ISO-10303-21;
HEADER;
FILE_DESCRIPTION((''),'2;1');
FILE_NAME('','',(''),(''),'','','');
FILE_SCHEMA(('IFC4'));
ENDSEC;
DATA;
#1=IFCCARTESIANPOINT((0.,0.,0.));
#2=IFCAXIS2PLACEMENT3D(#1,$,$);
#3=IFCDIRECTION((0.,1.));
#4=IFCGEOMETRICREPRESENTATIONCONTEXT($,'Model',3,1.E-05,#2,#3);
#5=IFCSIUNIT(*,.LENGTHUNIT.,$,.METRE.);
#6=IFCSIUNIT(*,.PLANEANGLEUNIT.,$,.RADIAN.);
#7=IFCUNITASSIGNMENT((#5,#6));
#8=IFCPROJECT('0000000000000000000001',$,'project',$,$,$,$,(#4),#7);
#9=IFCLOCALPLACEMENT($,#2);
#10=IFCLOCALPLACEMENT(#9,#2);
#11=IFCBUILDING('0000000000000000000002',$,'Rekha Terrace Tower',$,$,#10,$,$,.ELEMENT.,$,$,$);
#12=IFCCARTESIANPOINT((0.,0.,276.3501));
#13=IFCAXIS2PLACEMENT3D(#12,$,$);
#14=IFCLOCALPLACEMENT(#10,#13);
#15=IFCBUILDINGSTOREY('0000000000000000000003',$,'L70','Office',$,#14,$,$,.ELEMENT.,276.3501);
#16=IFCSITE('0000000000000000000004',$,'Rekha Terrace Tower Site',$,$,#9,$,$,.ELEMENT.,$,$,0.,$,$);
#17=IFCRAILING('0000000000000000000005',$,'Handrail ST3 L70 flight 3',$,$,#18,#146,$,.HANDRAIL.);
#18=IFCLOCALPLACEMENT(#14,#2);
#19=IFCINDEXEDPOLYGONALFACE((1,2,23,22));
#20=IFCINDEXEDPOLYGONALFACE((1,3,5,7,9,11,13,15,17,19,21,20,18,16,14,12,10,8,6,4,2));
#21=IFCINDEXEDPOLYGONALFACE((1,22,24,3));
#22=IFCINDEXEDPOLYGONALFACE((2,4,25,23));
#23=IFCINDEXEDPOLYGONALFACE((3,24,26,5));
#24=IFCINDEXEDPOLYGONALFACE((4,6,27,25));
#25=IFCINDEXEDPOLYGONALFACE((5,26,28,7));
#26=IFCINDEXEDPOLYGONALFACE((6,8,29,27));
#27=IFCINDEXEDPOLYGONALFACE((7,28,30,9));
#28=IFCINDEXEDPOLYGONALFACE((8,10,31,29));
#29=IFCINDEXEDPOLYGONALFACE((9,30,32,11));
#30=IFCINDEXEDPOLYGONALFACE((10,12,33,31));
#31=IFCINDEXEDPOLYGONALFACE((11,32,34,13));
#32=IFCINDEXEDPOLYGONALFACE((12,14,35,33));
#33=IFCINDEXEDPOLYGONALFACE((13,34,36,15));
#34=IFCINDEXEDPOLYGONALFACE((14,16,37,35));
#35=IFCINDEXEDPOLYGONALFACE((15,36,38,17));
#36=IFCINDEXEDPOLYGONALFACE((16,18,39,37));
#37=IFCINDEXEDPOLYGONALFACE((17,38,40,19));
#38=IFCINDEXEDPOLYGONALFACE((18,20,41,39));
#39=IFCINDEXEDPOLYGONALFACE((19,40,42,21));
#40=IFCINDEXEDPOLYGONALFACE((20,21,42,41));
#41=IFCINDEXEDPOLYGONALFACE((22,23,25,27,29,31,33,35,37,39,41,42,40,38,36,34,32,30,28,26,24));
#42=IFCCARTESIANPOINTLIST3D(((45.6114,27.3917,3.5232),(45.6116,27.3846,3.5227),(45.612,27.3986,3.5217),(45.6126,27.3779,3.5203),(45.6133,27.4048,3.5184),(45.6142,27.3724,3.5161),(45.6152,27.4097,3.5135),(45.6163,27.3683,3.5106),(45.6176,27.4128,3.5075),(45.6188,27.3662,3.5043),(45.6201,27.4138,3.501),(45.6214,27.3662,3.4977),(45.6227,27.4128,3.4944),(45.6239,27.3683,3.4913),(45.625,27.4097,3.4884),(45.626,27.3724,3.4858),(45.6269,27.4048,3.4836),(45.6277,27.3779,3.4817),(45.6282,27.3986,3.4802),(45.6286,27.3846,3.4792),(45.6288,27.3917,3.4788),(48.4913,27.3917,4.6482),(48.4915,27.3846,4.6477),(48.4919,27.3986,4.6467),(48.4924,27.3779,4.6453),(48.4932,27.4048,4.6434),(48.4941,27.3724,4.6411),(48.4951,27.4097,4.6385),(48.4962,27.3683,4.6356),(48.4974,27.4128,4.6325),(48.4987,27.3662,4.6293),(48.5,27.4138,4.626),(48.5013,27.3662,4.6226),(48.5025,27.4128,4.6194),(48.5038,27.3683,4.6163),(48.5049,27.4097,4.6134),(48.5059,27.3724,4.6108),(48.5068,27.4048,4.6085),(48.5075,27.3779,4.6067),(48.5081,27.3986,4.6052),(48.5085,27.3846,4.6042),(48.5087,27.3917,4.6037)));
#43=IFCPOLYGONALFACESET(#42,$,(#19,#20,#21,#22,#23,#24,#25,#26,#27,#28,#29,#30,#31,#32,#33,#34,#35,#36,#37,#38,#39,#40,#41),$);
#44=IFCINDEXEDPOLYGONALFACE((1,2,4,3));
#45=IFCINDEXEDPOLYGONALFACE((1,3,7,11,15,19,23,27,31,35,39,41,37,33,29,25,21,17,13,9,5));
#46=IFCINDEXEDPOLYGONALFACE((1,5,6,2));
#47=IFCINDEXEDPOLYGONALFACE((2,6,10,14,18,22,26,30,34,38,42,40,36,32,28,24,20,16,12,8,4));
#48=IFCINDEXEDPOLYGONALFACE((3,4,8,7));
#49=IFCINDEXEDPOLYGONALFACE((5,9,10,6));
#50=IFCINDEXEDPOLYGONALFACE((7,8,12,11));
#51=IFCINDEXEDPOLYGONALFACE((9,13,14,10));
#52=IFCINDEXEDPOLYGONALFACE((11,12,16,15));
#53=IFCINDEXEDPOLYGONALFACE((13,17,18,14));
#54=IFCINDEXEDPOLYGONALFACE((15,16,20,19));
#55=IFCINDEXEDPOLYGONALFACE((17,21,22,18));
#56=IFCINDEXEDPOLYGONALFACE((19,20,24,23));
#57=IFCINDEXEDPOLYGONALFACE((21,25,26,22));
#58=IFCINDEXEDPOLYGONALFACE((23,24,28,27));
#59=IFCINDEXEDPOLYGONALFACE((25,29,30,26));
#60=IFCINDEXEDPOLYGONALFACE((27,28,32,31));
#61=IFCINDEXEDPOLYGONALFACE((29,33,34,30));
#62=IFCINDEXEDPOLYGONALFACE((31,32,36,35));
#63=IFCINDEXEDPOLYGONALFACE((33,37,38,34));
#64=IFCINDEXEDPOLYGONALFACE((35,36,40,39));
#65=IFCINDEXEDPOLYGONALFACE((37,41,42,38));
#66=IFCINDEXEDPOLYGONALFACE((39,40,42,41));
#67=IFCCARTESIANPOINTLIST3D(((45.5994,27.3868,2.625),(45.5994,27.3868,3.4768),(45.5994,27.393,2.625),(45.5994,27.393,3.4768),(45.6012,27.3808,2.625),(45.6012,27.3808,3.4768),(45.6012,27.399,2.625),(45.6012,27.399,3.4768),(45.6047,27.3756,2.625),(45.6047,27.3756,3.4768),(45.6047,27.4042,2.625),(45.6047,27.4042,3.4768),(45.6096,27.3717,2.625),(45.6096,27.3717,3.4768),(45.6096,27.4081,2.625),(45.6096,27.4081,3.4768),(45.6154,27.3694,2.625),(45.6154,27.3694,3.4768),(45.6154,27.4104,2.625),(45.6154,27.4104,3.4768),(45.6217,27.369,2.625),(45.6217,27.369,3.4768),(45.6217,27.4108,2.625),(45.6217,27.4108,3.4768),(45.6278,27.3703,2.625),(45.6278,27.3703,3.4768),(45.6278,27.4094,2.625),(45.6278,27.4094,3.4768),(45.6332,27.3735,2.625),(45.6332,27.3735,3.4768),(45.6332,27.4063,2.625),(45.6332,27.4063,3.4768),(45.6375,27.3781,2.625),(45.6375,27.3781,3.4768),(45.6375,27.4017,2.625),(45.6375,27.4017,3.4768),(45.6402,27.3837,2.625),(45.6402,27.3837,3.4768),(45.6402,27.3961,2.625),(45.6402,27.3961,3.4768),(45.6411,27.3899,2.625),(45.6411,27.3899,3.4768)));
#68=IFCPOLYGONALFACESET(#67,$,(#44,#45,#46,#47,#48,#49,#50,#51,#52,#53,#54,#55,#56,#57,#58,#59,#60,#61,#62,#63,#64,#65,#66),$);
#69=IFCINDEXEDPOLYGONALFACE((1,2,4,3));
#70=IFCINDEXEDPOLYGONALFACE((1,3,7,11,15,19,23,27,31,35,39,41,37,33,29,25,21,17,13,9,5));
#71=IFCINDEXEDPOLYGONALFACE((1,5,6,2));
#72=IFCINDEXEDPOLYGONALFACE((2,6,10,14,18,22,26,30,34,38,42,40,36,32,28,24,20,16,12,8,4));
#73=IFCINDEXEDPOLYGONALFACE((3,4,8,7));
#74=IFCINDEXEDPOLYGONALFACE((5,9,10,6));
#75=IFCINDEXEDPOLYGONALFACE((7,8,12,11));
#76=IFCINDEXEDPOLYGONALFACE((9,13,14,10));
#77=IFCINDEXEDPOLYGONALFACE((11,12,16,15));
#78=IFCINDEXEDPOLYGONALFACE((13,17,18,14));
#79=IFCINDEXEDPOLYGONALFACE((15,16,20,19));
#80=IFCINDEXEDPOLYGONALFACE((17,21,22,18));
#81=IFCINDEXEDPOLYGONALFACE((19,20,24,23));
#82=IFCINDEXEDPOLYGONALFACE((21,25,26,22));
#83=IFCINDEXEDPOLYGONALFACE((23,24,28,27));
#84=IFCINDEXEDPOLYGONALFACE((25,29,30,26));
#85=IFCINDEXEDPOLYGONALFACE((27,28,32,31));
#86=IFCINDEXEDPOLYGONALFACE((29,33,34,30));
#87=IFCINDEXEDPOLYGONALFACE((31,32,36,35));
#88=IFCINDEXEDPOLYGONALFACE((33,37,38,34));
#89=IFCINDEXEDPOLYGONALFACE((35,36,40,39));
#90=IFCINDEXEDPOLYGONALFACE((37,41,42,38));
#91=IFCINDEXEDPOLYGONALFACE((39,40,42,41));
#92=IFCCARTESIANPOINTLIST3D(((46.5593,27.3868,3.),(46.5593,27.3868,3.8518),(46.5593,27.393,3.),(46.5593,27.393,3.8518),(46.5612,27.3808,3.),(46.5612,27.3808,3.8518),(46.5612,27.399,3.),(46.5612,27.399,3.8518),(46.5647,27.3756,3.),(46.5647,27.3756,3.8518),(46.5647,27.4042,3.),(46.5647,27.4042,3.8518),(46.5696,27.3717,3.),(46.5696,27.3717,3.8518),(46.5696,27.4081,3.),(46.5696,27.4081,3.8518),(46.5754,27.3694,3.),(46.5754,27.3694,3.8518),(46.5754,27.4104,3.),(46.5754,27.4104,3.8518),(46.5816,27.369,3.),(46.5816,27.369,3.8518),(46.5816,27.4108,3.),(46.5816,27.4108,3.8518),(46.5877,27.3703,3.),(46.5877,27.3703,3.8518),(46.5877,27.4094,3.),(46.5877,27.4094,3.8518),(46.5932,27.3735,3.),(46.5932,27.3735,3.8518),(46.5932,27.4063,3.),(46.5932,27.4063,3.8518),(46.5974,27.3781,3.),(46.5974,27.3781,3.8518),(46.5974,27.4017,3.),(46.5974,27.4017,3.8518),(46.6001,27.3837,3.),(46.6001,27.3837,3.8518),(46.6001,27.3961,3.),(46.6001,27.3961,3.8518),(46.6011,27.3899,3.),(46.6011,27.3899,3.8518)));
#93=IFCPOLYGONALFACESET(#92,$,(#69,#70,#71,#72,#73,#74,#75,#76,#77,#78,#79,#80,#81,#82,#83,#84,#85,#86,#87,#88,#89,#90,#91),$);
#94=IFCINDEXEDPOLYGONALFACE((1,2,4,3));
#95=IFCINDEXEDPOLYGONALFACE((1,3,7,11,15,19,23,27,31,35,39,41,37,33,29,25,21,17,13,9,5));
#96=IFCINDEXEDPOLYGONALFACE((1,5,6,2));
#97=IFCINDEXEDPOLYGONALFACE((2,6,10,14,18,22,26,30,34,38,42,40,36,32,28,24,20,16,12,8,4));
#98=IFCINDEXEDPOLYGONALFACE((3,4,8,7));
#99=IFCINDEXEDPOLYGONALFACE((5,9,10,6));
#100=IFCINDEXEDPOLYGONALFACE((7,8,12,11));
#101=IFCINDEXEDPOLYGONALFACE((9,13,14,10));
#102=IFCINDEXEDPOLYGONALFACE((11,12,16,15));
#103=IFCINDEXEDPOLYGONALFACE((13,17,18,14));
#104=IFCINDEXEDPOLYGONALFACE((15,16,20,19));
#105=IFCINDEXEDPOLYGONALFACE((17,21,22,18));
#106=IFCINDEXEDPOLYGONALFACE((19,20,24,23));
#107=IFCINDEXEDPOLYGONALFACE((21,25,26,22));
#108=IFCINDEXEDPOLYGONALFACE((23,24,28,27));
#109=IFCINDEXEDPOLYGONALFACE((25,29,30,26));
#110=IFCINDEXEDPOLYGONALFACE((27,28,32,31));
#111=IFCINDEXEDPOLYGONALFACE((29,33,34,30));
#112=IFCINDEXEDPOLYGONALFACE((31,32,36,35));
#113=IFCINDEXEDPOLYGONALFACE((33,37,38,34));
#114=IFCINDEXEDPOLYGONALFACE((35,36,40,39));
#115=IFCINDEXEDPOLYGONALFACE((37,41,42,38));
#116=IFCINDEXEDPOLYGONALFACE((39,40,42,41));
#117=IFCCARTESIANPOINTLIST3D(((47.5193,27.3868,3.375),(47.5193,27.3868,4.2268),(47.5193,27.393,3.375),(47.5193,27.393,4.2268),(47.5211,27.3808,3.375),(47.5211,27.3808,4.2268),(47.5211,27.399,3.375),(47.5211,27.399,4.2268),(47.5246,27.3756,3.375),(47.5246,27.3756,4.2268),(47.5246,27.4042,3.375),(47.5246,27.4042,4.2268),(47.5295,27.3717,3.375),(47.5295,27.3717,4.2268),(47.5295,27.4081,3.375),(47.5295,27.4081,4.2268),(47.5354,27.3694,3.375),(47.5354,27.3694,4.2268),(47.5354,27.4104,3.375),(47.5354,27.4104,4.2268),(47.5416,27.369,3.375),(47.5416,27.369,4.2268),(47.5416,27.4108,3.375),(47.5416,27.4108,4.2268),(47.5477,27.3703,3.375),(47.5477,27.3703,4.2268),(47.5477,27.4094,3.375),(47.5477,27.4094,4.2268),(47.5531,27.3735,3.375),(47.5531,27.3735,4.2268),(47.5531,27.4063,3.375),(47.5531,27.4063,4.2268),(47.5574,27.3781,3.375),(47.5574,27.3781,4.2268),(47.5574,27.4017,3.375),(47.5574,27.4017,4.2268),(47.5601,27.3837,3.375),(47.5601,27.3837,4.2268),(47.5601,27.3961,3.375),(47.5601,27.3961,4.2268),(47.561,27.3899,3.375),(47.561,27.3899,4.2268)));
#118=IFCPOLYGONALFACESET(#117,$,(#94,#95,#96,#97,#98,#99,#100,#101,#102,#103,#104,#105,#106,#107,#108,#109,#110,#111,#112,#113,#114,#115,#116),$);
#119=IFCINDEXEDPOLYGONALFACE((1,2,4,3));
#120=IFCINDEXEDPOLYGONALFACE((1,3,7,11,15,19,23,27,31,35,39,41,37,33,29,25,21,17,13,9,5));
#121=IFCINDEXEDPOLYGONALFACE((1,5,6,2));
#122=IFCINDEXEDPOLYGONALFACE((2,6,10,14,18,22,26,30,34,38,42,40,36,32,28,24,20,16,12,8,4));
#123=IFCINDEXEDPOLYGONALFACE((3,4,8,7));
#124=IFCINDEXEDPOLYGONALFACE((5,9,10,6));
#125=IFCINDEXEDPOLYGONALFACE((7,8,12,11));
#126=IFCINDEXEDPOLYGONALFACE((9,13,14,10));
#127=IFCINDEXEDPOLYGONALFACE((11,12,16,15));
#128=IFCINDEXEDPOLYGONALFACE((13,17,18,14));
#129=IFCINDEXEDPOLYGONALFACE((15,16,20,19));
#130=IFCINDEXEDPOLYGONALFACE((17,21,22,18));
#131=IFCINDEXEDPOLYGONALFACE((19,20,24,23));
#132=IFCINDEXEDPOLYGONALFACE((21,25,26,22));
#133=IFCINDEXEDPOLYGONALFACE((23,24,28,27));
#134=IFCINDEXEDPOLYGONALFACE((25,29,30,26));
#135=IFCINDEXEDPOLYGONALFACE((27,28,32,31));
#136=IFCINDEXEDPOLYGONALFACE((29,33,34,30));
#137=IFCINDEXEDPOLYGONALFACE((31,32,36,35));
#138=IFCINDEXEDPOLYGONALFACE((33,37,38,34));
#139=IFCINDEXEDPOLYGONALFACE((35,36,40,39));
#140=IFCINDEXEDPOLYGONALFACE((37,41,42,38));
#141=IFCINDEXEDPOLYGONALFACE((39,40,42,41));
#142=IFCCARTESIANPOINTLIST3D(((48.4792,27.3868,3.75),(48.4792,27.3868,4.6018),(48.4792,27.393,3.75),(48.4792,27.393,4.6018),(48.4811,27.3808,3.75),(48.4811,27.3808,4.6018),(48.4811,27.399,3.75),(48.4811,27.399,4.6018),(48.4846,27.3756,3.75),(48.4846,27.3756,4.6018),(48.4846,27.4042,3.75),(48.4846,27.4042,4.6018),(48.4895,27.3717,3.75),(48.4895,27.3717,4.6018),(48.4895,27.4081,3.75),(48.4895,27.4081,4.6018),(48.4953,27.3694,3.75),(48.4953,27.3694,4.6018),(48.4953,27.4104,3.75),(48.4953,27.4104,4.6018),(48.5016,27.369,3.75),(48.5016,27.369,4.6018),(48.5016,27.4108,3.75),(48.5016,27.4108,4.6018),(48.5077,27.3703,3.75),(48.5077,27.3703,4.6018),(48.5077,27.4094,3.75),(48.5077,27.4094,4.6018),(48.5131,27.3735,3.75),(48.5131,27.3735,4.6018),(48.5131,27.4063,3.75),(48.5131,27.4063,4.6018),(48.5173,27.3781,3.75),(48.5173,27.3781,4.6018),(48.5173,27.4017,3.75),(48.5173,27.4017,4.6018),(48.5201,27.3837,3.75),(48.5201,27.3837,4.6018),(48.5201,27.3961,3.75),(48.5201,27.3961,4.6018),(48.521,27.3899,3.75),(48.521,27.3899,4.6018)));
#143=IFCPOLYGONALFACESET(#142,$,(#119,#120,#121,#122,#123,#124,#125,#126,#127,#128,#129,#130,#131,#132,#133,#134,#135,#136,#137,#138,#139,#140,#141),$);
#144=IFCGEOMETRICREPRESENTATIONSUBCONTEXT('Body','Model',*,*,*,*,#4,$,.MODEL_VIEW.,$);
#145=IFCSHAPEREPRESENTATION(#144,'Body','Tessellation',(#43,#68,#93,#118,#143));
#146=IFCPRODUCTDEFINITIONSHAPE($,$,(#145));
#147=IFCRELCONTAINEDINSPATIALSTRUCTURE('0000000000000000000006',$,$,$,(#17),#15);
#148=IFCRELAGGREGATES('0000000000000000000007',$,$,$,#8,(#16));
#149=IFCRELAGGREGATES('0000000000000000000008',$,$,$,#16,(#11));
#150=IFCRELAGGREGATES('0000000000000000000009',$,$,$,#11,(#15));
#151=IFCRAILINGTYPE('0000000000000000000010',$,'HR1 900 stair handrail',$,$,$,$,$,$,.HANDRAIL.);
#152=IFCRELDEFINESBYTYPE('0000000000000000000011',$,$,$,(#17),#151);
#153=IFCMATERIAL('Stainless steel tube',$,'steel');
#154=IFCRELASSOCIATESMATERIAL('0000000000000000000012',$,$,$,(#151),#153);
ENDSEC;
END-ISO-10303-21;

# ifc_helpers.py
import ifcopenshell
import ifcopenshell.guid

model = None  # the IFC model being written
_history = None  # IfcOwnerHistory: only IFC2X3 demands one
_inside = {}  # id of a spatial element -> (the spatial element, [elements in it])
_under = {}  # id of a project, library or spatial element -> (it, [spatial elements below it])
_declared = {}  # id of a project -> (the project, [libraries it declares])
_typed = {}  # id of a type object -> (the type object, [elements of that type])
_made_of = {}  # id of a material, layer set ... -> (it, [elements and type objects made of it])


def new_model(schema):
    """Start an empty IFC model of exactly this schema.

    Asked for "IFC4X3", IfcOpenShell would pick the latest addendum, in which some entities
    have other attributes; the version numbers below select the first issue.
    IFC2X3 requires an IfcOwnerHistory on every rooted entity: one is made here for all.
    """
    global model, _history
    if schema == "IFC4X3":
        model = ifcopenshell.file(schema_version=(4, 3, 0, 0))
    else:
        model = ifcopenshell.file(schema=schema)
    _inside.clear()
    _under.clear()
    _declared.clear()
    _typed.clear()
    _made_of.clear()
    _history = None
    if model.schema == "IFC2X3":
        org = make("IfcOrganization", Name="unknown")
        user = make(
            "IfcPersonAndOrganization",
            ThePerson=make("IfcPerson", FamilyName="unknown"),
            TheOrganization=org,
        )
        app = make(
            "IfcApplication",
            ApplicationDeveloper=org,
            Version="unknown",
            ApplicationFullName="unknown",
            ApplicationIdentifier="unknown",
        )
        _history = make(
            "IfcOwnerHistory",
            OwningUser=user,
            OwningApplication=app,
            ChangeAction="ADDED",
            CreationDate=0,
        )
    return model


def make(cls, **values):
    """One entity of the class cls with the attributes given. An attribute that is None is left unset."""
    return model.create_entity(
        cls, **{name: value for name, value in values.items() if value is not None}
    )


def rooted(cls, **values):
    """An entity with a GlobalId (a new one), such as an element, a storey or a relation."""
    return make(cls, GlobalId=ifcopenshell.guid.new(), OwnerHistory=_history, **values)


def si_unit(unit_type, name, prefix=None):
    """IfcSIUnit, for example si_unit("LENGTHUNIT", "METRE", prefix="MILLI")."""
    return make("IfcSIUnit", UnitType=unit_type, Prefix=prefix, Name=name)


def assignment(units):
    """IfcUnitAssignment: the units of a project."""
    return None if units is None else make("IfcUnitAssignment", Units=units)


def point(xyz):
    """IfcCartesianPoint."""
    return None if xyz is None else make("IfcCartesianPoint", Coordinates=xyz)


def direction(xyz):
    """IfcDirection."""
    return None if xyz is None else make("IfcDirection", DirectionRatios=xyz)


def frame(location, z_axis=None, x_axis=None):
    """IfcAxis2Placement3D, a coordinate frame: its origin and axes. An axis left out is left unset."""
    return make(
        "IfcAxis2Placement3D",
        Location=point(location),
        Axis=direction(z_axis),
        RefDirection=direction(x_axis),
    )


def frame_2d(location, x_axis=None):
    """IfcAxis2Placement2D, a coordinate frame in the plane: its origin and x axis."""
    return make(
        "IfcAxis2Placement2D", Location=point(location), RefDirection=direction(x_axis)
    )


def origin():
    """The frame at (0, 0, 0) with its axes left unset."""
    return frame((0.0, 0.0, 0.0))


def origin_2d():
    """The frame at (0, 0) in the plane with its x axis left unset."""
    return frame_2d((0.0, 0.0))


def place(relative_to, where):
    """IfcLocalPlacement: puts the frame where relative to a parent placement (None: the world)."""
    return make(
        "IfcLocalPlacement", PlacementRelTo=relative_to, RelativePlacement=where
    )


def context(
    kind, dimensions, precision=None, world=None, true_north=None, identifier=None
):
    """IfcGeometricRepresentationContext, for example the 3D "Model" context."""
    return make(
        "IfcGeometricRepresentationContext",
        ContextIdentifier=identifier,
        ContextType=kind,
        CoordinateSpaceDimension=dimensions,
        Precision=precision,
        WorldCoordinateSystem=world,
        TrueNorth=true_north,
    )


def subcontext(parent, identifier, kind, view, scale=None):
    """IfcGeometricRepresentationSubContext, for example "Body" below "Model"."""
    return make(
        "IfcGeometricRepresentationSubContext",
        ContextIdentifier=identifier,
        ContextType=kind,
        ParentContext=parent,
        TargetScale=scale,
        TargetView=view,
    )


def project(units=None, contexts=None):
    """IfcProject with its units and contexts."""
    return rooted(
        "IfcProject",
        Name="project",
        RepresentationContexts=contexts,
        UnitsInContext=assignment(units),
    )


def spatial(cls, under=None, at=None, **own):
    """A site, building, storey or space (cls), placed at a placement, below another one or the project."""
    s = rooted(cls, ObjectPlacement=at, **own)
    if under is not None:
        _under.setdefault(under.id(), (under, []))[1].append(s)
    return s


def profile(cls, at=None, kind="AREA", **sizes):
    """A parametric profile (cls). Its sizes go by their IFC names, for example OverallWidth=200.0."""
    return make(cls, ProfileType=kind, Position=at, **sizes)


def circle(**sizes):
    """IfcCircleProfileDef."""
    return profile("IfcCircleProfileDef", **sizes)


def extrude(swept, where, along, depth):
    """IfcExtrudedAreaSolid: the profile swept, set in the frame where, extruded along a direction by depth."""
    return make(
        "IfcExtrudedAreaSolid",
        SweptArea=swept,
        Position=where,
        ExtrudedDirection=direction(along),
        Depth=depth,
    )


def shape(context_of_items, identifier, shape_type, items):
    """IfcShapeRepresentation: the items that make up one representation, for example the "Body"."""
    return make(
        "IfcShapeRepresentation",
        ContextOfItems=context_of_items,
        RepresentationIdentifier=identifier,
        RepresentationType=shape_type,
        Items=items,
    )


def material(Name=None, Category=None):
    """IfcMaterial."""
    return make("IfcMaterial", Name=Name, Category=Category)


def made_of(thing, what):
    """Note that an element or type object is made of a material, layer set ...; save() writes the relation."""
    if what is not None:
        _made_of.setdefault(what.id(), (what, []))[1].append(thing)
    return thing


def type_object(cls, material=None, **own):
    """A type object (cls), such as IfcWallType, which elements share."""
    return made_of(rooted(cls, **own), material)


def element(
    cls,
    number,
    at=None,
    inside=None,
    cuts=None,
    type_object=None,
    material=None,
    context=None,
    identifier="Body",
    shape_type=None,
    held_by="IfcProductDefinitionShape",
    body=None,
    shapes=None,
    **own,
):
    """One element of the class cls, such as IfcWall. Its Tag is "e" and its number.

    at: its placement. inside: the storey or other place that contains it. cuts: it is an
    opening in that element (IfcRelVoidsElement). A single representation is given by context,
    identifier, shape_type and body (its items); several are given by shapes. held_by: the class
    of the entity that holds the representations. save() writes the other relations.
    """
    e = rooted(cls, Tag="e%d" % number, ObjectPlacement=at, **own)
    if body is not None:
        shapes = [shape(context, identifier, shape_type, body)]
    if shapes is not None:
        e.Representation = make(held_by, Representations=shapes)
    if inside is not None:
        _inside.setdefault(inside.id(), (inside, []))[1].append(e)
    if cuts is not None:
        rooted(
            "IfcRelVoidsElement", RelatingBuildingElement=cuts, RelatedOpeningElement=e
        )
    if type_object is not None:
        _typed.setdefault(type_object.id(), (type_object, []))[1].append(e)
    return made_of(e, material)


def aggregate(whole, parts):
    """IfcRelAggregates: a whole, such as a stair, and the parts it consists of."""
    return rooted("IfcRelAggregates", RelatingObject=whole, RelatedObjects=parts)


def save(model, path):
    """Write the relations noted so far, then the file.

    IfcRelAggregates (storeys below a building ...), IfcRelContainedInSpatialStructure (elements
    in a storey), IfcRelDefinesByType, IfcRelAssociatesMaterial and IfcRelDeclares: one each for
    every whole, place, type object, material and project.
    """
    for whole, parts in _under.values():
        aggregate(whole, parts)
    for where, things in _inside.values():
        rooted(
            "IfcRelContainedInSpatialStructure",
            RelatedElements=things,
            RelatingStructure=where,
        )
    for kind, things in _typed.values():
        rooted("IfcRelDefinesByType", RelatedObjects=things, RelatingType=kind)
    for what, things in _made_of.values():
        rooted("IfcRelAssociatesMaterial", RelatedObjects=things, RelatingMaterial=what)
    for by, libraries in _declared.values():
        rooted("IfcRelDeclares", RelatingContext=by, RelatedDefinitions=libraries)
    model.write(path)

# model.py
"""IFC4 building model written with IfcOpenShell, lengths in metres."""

from ifc_helpers import new_model, si_unit, direction, frame, origin, origin_2d, place, context, subcontext, project, spatial, circle, extrude, material, type_object, element, save


model = new_model("IFC4")

# Units and contexts
model_context = context("Model", 3, precision=1e-05, world=origin(), true_north=direction((0.0, 1.0)))
body_context = subcontext(model_context, "Body", "Model", "MODEL_VIEW")
ifc_project = project(units=[si_unit("LENGTHUNIT", "METRE"), si_unit("PLANEANGLEUNIT", "RADIAN")], contexts=[model_context])

# Site, building, storey
site_placement = place(None, origin())
site = spatial("IfcSite", under=ifc_project, at=site_placement, Name="Rekha Terrace Tower Site", CompositionType="ELEMENT", RefElevation=0.0)
building_placement = place(site_placement, origin())
building = spatial("IfcBuilding", under=site, at=building_placement, Name="Rekha Terrace Tower", CompositionType="ELEMENT")
storey_placement = place(building_placement, frame((0.0, 0.0, 276.3501)))
storey = spatial("IfcBuildingStorey", under=building, at=storey_placement, Name="L70", Description="Office", CompositionType="ELEMENT", Elevation=276.3501)

# Railing
ifc_material_1 = material(Name="Stainless steel tube", Category="steel")
railing_type_1 = type_object("IfcRailingType", Name="HR1 900 stair handrail", PredefinedType="HANDRAIL", material=ifc_material_1)
railing_1_placement = place(storey_placement, frame((45.6201, 27.3899, 2.625)))
element("IfcRailing", 1, at=railing_1_placement, inside=storey, type_object=railing_type_1, Name="Handrail ST3 L70 flight 3", PredefinedType="HANDRAIL", context=body_context, shape_type="SweptSolid", body=[
    extrude(circle(Radius=0.0239, at=origin_2d()), frame((0.0, 0.0, 0.876), z_axis=(0.931452, 0.0, 0.363863), x_axis=(0.0, 1.0, 0.0)), (0.0, 0.0, 1.0), 3.0918),
    extrude(circle(Radius=0.021, at=origin_2d()), origin(), (0.0, 0.0, 1.0), 0.8518),
    extrude(circle(Radius=0.021, at=origin_2d()), frame((0.96, 0.0, 0.375)), (0.0, 0.0, 1.0), 0.8518),
    extrude(circle(Radius=0.021, at=origin_2d()), frame((1.9199, 0.0, 0.75)), (0.0, 0.0, 1.0), 0.8518),
    extrude(circle(Radius=0.021, at=origin_2d()), frame((2.8799, 0.0, 1.125)), (0.0, 0.0, 1.0), 0.8518),
])

save(model, "model.ifc")
